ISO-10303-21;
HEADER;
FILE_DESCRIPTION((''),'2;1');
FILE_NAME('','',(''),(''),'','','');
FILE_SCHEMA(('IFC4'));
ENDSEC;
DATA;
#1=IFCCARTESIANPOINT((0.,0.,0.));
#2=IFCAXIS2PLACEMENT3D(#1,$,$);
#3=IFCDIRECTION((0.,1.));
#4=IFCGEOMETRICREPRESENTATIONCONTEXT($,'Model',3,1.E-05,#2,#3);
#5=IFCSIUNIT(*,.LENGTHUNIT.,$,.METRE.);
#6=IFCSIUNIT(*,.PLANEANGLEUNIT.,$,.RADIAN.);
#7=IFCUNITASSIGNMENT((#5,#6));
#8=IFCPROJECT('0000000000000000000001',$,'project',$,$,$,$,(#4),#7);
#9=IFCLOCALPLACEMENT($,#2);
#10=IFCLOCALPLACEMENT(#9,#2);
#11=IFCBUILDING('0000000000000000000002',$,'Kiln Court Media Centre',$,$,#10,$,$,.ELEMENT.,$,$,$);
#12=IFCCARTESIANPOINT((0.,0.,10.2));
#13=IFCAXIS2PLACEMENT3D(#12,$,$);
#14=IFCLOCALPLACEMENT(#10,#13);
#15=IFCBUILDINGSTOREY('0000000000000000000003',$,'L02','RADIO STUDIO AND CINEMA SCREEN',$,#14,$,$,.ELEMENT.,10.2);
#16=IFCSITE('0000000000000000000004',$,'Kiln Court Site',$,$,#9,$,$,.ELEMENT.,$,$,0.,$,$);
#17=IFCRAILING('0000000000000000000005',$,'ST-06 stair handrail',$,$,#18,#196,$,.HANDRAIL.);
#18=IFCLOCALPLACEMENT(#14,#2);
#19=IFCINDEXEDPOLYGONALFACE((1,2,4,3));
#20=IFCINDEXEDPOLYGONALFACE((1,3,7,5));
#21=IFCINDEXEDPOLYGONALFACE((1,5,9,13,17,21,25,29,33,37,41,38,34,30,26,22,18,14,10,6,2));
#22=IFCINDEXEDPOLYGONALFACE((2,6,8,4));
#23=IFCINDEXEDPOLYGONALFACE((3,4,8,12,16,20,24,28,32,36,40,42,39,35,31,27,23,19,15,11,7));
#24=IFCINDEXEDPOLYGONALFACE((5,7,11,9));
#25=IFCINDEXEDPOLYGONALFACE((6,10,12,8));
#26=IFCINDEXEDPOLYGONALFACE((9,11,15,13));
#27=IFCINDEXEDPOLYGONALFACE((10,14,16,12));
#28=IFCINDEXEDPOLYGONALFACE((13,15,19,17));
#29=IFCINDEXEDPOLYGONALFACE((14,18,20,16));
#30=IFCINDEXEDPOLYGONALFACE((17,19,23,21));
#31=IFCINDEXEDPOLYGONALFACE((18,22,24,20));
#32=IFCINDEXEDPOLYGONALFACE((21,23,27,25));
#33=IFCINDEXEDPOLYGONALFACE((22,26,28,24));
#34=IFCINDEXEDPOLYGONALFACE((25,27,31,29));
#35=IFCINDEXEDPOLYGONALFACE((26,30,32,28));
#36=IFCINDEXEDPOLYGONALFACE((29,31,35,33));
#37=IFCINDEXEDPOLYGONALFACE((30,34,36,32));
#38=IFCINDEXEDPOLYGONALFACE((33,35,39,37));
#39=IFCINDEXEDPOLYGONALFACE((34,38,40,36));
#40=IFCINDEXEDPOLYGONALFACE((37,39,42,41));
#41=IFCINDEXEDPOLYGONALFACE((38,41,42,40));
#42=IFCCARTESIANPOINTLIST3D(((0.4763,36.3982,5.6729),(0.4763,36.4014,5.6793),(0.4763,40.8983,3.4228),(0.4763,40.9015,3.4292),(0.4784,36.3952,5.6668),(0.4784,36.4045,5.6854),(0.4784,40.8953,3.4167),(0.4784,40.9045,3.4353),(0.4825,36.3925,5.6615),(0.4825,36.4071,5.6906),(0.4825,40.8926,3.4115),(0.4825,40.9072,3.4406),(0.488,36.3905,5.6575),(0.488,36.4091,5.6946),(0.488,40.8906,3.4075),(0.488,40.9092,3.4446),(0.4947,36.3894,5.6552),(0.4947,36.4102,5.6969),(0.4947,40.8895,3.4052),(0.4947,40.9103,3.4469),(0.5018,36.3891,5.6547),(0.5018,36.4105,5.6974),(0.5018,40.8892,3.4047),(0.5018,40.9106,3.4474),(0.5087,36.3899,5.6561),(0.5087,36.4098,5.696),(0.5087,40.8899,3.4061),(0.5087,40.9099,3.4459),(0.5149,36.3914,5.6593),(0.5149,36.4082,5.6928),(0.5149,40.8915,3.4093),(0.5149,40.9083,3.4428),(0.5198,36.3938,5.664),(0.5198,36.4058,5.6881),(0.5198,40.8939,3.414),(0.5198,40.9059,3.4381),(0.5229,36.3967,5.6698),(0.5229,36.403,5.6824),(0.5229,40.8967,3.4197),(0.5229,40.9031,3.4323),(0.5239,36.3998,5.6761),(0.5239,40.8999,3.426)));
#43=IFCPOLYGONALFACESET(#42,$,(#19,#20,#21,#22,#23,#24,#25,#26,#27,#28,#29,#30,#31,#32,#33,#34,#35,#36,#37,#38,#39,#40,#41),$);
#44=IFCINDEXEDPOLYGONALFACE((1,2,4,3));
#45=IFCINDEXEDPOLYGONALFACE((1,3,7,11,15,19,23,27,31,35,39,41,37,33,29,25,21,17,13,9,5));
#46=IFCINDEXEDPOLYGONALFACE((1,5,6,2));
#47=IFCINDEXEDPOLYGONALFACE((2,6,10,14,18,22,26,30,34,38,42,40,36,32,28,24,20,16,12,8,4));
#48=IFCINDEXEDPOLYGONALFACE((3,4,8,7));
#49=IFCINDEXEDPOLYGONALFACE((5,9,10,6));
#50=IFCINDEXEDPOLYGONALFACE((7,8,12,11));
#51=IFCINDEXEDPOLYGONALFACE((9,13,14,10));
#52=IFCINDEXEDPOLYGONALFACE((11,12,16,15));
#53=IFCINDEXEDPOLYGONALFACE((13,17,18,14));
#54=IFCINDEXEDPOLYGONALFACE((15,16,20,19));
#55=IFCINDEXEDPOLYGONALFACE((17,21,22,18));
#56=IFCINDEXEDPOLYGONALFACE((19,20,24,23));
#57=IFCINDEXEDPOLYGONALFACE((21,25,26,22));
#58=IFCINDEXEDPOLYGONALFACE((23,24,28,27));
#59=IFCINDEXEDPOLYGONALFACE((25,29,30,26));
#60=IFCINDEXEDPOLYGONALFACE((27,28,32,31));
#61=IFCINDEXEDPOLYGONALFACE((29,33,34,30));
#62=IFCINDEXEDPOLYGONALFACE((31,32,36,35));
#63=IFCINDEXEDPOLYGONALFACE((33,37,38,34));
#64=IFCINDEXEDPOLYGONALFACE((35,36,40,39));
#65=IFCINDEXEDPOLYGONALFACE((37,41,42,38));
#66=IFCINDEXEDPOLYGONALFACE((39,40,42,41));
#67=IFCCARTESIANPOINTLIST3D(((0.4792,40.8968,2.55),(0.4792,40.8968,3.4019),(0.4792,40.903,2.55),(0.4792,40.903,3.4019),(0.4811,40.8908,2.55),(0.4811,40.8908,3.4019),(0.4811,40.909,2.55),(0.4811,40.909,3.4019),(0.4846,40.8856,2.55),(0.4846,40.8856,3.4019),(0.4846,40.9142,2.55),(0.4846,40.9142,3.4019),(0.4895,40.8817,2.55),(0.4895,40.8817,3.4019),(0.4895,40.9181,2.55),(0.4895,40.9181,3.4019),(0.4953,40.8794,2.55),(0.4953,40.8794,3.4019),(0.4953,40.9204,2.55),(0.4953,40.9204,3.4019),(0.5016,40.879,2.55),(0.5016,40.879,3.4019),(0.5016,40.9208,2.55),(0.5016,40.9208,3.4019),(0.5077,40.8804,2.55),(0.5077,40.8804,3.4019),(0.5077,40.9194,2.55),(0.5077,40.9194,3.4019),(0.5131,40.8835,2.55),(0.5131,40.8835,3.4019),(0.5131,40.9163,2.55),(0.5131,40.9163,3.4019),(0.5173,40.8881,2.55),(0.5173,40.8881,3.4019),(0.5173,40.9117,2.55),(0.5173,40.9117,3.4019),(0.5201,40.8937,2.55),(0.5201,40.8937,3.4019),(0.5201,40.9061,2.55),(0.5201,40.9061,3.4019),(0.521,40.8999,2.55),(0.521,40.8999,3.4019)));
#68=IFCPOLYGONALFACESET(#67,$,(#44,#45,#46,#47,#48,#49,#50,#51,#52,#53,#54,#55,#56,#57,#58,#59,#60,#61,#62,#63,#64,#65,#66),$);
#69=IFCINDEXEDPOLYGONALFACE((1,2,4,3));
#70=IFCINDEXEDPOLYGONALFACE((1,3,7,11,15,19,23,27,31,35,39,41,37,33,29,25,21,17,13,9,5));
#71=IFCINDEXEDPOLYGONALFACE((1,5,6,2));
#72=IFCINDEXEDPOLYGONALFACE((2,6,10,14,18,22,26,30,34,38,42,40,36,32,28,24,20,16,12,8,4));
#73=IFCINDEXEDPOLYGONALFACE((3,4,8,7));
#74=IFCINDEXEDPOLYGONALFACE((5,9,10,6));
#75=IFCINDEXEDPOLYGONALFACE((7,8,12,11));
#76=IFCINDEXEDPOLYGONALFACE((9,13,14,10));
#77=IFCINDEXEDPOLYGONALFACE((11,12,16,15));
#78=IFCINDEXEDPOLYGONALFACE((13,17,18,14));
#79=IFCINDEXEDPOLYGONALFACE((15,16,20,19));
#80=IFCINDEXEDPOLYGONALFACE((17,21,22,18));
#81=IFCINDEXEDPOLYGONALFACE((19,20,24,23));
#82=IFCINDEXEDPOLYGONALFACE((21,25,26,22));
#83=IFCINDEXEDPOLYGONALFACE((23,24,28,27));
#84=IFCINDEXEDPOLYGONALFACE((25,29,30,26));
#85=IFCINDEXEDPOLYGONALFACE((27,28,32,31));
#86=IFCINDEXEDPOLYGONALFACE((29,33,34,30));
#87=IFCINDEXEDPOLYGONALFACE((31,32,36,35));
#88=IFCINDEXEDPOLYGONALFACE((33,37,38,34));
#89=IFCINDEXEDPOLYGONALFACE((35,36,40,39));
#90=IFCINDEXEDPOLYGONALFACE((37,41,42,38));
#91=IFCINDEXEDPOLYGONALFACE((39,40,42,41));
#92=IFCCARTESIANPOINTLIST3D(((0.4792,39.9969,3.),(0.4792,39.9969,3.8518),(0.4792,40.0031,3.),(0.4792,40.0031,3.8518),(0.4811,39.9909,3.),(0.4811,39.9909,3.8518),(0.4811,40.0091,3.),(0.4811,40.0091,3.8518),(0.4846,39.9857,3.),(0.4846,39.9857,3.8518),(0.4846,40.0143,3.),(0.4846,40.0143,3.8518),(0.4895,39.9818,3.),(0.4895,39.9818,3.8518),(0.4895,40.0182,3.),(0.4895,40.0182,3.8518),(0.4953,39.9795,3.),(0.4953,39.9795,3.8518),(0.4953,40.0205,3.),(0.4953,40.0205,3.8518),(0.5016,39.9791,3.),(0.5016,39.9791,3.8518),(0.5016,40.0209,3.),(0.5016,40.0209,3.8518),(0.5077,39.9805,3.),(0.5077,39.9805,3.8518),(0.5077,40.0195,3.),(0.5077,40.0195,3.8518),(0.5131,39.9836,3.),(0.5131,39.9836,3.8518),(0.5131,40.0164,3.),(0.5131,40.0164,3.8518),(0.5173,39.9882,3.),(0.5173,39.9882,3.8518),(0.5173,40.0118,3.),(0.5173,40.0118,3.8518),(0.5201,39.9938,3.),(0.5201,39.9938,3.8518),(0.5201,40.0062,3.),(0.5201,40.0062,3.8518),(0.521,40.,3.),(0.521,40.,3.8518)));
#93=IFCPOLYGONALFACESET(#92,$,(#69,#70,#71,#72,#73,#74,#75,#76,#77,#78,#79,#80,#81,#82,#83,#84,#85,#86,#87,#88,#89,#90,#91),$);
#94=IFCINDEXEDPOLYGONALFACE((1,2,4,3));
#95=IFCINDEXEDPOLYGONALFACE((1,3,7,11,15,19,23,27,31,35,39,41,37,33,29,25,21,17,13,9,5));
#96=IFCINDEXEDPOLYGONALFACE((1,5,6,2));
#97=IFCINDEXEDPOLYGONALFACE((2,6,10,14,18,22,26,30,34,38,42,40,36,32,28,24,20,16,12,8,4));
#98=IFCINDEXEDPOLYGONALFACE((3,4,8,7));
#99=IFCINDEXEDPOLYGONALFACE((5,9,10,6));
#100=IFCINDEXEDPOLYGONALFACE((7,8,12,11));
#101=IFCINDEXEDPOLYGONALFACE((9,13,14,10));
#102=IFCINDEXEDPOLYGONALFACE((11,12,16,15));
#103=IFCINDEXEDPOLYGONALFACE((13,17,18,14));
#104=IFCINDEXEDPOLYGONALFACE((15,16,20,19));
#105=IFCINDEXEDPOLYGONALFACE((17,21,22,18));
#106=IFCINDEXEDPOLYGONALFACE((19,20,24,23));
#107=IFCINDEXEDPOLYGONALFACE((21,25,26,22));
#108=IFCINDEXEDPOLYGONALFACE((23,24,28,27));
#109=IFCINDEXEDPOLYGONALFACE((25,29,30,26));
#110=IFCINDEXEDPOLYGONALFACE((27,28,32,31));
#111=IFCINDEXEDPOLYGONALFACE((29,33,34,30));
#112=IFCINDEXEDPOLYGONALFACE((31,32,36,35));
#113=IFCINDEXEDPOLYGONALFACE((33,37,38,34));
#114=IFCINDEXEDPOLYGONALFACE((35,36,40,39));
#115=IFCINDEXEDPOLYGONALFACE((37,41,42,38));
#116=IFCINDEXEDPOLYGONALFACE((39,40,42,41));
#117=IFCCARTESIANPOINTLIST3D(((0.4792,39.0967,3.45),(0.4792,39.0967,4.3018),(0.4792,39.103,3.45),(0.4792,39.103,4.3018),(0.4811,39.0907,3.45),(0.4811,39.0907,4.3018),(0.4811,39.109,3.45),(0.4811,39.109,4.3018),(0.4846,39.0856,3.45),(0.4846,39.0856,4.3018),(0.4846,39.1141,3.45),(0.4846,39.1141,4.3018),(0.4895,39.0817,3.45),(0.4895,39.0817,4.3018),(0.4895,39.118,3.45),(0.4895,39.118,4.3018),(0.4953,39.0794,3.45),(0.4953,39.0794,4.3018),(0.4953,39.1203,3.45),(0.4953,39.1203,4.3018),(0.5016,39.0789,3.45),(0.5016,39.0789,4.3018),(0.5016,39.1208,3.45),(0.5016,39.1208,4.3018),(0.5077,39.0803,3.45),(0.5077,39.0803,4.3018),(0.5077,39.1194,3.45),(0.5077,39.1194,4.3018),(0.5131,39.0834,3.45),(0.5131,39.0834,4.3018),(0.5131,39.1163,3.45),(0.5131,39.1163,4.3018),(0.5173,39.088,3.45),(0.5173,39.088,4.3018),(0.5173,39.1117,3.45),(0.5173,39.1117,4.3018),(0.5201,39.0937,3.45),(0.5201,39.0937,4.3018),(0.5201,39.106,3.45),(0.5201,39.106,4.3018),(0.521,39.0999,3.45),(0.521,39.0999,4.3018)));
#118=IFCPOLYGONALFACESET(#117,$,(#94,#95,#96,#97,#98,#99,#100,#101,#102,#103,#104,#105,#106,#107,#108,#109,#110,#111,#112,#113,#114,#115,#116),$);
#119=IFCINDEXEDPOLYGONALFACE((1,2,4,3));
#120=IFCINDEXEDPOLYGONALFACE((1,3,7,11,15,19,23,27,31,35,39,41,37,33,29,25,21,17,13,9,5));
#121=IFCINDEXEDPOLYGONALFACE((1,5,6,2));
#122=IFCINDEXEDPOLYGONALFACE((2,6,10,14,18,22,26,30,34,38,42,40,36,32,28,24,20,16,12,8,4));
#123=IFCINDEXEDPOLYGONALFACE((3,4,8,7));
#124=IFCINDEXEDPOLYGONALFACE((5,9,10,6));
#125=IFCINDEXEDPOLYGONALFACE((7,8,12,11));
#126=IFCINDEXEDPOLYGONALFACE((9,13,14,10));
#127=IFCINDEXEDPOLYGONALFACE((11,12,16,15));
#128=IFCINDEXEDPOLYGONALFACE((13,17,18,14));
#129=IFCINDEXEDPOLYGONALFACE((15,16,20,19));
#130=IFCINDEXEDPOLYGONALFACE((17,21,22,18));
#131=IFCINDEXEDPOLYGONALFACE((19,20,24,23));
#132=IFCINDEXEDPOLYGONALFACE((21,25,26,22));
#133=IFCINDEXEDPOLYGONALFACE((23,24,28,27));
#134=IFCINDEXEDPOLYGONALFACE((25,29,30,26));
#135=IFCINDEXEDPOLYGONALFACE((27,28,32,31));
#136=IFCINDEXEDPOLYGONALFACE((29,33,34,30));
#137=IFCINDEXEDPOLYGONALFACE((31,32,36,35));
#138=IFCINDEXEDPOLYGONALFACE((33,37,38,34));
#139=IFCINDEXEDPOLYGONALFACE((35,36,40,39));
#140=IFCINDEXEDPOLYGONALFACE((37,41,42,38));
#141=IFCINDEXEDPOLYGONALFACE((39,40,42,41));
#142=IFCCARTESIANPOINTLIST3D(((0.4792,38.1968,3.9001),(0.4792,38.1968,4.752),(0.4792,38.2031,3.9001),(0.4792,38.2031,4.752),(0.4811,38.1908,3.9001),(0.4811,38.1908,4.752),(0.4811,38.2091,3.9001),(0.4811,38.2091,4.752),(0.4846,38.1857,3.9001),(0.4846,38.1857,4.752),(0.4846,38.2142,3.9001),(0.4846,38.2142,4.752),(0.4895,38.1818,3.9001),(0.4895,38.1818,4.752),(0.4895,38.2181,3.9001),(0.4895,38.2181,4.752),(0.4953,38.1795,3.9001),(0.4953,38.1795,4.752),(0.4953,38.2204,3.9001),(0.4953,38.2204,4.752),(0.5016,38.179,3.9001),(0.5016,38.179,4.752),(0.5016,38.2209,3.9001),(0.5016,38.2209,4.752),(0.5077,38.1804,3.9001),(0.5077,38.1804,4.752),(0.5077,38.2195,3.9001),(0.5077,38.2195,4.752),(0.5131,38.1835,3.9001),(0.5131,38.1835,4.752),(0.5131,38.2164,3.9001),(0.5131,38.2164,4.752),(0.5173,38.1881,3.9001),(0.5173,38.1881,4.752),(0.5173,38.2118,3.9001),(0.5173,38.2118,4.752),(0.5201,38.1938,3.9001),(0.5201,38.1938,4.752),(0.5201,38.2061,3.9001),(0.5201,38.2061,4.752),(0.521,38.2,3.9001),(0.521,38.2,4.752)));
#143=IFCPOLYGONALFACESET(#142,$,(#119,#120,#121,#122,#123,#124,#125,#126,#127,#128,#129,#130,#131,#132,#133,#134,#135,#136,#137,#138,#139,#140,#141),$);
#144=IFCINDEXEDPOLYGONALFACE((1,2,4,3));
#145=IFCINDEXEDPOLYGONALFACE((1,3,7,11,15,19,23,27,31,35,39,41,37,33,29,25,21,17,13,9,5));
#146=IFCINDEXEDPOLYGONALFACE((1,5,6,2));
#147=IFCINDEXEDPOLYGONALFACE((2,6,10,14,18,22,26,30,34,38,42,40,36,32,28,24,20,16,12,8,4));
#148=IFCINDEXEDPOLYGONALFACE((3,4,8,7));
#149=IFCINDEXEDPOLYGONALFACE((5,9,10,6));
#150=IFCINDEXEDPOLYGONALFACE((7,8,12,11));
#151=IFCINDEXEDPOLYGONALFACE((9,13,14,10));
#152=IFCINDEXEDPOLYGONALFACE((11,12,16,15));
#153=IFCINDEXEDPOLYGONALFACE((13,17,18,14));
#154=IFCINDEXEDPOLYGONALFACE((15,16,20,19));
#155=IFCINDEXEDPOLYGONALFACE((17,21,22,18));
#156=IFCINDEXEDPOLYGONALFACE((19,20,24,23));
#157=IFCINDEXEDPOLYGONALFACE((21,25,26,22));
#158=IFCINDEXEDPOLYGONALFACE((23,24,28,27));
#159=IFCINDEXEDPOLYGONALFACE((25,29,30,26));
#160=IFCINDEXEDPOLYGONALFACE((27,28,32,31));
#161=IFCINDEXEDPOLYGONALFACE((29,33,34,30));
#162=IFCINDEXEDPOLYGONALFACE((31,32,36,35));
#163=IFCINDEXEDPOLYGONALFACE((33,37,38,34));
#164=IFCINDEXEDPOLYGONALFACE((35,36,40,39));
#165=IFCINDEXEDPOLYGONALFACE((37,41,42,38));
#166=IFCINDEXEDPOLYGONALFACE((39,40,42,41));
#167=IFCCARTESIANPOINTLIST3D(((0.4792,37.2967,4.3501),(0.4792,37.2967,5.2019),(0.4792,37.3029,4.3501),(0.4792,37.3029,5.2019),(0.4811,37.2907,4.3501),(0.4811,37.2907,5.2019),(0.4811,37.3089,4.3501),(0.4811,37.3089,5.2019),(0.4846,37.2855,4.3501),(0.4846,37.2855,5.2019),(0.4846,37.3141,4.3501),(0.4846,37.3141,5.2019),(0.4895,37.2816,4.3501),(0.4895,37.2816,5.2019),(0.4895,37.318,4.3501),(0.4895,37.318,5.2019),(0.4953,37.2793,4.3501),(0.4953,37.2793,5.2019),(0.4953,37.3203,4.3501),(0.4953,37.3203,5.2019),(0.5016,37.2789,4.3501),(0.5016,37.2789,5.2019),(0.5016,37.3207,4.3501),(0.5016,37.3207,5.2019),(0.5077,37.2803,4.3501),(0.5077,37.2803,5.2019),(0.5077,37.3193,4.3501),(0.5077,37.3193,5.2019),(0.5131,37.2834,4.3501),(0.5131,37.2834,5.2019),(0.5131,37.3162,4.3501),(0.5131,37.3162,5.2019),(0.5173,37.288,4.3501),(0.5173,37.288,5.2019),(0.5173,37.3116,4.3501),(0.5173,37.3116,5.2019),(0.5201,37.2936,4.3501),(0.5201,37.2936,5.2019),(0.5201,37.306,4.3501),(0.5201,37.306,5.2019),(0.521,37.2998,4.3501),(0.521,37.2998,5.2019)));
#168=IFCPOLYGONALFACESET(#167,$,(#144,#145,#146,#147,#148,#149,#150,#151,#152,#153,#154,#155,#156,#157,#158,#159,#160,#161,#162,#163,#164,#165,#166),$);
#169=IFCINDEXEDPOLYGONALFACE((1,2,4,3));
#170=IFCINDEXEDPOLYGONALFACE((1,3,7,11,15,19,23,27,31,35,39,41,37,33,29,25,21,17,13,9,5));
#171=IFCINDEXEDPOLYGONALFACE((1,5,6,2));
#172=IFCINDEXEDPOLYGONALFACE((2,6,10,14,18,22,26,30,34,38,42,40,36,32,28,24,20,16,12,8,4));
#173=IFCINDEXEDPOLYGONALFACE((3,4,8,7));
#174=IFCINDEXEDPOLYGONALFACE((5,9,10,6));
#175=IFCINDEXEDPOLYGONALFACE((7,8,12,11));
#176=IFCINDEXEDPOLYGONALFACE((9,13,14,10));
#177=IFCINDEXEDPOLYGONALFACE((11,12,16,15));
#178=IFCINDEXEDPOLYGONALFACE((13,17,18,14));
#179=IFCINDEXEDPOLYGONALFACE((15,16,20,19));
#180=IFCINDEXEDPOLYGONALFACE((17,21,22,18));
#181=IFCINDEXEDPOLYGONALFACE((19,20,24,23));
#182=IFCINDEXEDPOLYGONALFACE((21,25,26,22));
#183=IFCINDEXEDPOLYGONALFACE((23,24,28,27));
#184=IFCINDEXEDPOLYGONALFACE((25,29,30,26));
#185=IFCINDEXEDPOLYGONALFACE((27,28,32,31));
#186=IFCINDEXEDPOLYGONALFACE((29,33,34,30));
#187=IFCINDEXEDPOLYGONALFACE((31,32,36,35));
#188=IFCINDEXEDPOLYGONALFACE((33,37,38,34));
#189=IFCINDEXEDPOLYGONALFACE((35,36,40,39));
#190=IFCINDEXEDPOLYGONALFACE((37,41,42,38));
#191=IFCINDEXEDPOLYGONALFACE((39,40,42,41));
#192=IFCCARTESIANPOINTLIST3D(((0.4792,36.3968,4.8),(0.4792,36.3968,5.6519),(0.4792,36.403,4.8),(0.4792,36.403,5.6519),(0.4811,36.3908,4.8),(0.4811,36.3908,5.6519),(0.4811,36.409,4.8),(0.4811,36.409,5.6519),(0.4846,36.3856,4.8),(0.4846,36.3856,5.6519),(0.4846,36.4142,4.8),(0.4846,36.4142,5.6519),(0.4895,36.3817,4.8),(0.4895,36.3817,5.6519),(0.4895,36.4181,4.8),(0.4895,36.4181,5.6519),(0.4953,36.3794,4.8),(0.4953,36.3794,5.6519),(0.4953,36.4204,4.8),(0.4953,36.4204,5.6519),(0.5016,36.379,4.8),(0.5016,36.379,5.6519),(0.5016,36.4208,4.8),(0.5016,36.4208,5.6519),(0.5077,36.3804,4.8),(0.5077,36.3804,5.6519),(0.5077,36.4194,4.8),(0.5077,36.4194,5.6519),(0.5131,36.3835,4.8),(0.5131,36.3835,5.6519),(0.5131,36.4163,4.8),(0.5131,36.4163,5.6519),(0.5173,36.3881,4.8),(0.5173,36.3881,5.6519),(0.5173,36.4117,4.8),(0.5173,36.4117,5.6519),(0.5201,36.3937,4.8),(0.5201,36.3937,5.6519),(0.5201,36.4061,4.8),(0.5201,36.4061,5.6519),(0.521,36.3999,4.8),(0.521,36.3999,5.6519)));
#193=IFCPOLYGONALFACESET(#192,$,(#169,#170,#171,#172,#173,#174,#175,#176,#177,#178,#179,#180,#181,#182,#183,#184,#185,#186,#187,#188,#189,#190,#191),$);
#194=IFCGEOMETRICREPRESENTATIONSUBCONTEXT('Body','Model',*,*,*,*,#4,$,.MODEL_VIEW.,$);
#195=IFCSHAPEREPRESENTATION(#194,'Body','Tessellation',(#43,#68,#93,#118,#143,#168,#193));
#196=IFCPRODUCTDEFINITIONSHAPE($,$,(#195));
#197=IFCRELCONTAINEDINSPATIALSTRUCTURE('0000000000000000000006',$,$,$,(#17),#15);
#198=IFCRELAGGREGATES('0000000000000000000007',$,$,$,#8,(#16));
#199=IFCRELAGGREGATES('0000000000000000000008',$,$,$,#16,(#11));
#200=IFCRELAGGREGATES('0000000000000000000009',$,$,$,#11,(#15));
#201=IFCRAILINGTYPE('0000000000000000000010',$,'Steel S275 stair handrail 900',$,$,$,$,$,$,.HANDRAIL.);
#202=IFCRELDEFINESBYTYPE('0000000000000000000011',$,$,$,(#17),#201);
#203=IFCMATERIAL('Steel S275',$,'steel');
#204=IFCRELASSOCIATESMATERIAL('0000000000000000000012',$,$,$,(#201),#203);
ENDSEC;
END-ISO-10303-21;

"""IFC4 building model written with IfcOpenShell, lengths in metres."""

from ifc_helpers import new_model, si_unit, direction, frame, origin, origin_2d, place, context, subcontext, project, spatial, circle, extrude, material, type_object, element, save


model = new_model("IFC4")

# Units and contexts
model_context = context("Model", 3, precision=1e-05, world=origin(), true_north=direction((0.0, 1.0)))
body_context = subcontext(model_context, "Body", "Model", "MODEL_VIEW")
ifc_project = project(units=[si_unit("LENGTHUNIT", "METRE"), si_unit("PLANEANGLEUNIT", "RADIAN")], contexts=[model_context])

# Site, building, storey
site_placement = place(None, origin())
site = spatial("IfcSite", under=ifc_project, at=site_placement, Name="Kiln Court Site", CompositionType="ELEMENT", RefElevation=0.0)
building_placement = place(site_placement, origin())
building = spatial("IfcBuilding", under=site, at=building_placement, Name="Kiln Court Media Centre", CompositionType="ELEMENT")
storey_placement = place(building_placement, frame((0.0, 0.0, 10.2)))
storey = spatial("IfcBuildingStorey", under=building, at=storey_placement, Name="L02", Description="RADIO STUDIO AND CINEMA SCREEN", CompositionType="ELEMENT", Elevation=10.2)

# Railing
ifc_material_1 = material(Name="Steel S275", Category="steel")
railing_type_1 = type_object("IfcRailingType", Name="Steel S275 stair handrail 900", PredefinedType="HANDRAIL", material=ifc_material_1)
railing_1_placement = place(storey_placement, frame((0.5, 40.8999, 2.55)))
element("IfcRailing", 1, at=railing_1_placement, inside=storey, type_object=railing_type_1, Name="ST-06 stair handrail", PredefinedType="HANDRAIL", context=body_context, shape_type="SweptSolid", body=[
    extrude(circle(Radius=0.0239, at=origin_2d()), frame((0.0, 0.0, 0.876), z_axis=(0.0, -0.894427, 0.447214), x_axis=(1.0, 0.0, 0.0)), (0.0, 0.0, 1.0), 5.0312),
    extrude(circle(Radius=0.021, at=origin_2d()), origin(), (0.0, 0.0, 1.0), 0.8518),
    extrude(circle(Radius=0.021, at=origin_2d()), frame((0.0, -0.8999, 0.45)), (0.0, 0.0, 1.0), 0.8518),
    extrude(circle(Radius=0.021, at=origin_2d()), frame((0.0, -1.8, 0.8999)), (0.0, 0.0, 1.0), 0.8518),
    extrude(circle(Radius=0.021, at=origin_2d()), frame((0.0, -2.7, 1.3501)), (0.0, 0.0, 1.0), 0.8518),
    extrude(circle(Radius=0.021, at=origin_2d()), frame((0.0, -3.6001, 1.8)), (0.0, 0.0, 1.0), 0.8518),
    extrude(circle(Radius=0.021, at=origin_2d()), frame((0.0, -4.5, 2.25)), (0.0, 0.0, 1.0), 0.8518),
])

save(model, "model.ifc")
